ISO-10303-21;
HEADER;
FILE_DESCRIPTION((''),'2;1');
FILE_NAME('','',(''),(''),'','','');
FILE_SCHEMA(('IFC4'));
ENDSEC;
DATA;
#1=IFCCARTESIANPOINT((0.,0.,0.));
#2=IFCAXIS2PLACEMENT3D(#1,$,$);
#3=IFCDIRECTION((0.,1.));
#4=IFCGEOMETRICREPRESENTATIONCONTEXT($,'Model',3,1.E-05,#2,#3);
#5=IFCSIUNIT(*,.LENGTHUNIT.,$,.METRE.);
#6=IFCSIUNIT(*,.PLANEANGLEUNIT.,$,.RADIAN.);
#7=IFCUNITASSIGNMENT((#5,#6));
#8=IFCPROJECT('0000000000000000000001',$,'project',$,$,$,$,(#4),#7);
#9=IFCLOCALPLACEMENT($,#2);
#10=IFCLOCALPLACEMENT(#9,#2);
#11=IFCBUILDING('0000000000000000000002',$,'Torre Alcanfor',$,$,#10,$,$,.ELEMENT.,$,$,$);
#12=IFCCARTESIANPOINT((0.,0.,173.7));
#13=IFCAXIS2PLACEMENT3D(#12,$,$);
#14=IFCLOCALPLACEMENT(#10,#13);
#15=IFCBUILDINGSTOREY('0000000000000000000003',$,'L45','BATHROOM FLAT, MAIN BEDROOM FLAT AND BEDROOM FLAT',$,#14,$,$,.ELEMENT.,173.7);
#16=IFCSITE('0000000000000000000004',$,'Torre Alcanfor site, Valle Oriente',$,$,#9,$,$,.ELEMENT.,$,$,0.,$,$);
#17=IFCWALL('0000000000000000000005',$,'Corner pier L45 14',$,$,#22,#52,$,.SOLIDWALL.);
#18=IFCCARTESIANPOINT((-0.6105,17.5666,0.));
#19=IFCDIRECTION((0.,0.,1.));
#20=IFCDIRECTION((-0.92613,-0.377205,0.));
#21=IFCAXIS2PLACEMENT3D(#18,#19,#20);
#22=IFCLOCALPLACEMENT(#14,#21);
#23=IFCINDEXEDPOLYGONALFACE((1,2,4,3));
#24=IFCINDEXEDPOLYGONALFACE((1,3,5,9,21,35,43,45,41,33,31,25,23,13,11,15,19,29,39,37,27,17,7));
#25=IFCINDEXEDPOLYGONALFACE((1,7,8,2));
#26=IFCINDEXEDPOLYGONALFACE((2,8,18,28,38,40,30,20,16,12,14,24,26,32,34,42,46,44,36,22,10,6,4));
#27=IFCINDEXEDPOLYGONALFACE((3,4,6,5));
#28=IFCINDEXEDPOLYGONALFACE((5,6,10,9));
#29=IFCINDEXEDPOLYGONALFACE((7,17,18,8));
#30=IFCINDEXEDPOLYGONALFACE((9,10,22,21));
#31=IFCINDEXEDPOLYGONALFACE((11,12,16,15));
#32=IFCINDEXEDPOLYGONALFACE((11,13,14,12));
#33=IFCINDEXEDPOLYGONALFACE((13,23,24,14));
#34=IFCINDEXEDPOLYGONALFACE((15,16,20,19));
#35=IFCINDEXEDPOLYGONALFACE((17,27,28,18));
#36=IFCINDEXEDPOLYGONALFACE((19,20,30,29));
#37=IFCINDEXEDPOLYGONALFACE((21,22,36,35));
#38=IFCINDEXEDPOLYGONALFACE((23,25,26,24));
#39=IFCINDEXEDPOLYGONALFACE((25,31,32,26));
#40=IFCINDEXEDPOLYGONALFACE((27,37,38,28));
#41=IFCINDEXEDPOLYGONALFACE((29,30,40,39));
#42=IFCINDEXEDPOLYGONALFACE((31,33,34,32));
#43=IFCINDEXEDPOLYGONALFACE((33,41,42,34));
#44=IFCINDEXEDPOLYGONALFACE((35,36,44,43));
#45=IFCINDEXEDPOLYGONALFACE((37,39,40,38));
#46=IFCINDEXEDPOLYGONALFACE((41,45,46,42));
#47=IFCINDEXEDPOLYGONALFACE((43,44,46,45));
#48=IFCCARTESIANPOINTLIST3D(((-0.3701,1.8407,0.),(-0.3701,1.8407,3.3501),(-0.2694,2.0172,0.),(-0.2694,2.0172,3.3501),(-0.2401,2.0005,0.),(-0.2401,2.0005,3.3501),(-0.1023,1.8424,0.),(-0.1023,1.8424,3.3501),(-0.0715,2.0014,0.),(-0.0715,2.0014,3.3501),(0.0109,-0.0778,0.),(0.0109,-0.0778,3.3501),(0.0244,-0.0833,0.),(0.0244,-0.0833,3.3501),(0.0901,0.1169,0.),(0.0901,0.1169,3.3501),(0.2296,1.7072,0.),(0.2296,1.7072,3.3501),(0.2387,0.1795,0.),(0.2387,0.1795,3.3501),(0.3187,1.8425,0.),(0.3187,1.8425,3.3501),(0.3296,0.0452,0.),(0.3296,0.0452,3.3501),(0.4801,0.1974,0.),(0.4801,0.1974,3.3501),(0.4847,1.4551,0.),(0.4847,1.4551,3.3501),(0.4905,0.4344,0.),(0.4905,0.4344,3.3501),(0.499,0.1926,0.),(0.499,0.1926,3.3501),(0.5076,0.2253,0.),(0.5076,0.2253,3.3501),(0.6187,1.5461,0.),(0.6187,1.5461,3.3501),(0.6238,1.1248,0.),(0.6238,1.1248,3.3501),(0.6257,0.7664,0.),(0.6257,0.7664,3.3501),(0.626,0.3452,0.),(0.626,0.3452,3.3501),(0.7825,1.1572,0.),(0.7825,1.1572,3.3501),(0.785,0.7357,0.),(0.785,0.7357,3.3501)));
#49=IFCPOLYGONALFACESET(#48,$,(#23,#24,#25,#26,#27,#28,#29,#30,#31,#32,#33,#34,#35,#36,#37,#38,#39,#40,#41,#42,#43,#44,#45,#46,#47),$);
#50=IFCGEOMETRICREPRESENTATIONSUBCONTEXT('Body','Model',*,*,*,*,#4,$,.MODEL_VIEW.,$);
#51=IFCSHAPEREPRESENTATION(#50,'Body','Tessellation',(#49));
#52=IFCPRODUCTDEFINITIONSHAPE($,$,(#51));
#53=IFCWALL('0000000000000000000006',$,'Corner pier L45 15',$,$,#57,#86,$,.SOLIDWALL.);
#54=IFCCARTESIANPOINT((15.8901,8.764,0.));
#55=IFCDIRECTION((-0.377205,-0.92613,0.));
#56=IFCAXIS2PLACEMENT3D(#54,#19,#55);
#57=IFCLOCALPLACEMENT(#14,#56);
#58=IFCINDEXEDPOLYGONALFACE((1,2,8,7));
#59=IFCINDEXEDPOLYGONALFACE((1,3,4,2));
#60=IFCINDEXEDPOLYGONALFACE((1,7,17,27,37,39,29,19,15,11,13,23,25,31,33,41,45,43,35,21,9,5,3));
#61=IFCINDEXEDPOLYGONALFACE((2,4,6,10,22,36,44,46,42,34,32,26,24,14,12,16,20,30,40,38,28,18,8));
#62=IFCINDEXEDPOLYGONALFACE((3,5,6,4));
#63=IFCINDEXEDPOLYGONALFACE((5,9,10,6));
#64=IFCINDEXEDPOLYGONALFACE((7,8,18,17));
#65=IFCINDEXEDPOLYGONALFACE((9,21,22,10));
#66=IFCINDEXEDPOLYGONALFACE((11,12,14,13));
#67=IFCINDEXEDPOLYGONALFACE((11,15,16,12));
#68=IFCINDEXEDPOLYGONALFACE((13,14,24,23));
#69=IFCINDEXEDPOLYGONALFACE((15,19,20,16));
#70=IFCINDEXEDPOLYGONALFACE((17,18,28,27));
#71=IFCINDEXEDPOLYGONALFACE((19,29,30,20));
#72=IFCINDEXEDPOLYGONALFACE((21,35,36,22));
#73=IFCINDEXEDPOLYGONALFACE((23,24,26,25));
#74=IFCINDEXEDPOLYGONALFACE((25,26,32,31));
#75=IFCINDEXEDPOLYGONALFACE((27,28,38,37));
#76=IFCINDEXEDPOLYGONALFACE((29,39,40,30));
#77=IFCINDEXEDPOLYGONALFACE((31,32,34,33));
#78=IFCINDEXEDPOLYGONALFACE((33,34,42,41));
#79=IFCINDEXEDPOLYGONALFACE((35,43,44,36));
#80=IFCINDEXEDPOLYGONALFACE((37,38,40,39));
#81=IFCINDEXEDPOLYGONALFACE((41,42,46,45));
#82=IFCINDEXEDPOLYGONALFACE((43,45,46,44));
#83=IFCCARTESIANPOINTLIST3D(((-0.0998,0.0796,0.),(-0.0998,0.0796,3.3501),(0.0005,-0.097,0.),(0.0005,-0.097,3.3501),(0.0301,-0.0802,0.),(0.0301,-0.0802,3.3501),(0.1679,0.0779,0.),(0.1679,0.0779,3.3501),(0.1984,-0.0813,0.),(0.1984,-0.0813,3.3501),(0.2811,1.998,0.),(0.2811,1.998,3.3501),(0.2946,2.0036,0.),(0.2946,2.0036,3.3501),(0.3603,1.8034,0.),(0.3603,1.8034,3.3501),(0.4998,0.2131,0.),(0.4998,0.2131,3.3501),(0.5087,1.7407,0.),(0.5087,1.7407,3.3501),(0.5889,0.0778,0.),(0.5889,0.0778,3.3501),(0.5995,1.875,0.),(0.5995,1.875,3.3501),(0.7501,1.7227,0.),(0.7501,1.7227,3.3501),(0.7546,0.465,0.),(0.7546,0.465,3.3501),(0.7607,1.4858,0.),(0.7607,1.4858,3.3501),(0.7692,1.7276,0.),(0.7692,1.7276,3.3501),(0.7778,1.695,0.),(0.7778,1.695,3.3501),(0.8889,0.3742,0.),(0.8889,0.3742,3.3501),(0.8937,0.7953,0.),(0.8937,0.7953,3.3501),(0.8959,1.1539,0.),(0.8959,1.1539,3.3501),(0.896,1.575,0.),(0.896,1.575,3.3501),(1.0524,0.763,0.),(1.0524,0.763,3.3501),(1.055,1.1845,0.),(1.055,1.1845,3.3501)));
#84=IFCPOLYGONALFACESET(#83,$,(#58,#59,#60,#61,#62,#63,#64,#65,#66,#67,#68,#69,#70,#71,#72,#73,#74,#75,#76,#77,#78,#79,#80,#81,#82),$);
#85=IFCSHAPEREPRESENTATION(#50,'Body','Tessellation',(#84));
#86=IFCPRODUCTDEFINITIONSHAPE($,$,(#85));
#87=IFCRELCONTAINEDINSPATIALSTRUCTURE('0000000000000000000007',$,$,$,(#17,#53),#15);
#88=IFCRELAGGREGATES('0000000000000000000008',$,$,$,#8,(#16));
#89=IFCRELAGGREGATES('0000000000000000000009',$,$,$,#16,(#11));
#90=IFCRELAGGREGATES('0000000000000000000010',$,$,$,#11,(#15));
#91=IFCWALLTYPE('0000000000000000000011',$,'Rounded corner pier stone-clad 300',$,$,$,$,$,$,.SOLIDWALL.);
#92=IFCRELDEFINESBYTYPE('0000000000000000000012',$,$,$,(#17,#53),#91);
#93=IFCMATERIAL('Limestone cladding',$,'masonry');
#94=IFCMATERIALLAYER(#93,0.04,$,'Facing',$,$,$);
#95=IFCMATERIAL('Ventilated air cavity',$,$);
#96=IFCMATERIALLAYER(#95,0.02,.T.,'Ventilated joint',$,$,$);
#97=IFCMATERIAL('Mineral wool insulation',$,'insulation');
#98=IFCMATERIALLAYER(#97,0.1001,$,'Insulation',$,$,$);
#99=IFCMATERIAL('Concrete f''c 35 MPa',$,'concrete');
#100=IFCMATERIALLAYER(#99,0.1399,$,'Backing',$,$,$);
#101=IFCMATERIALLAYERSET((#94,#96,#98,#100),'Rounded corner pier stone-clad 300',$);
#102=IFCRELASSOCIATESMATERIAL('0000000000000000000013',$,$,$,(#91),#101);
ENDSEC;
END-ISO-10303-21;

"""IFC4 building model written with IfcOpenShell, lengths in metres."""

from ifc_helpers import new_model, si_unit, direction, frame, origin, place, context, subcontext, project, spatial, polyline, outline, extrude, material, layer, layer_set, type_object, element, save


model = new_model("IFC4")

# Units and contexts
model_context = context("Model", 3, precision=1e-05, world=origin(), true_north=direction((0.0, 1.0)))
body_context = subcontext(model_context, "Body", "Model", "MODEL_VIEW")
ifc_project = project(units=[si_unit("LENGTHUNIT", "METRE"), si_unit("PLANEANGLEUNIT", "RADIAN")], contexts=[model_context])

# Site, building, storey
site_placement = place(None, origin())
site = spatial("IfcSite", under=ifc_project, at=site_placement, Name="Torre Alcanfor site, Valle Oriente", CompositionType="ELEMENT", RefElevation=0.0)
building_placement = place(site_placement, origin())
building = spatial("IfcBuilding", under=site, at=building_placement, Name="Torre Alcanfor", CompositionType="ELEMENT")
storey_placement = place(building_placement, frame((0.0, 0.0, 173.7)))
storey = spatial("IfcBuildingStorey", under=building, at=storey_placement, Name="L45", Description="BATHROOM FLAT, MAIN BEDROOM FLAT AND BEDROOM FLAT", CompositionType="ELEMENT", Elevation=173.7)

# Shared definitions
ifc_material_1 = material(Name="Limestone cladding", Category="masonry")
ifc_material_2 = material(Name="Ventilated air cavity")
ifc_material_3 = material(Name="Mineral wool insulation", Category="insulation")
ifc_material_4 = material(Name="Concrete f'c 35 MPa", Category="concrete")

# Walls
ifc_layer_1 = layer(ifc_material_1, 0.04, Name="Facing")
ifc_layer_2 = layer(ifc_material_2, 0.02, ventilated=True, Name="Ventilated joint")
ifc_layer_3 = layer(ifc_material_3, 0.1001, Name="Insulation")
ifc_layer_4 = layer(ifc_material_4, 0.1399, Name="Backing")
ifc_layer_set_1 = layer_set([ifc_layer_1, ifc_layer_2, ifc_layer_3, ifc_layer_4], Name="Rounded corner pier stone-clad 300")
wall_type_1 = type_object("IfcWallType", Name="Rounded corner pier stone-clad 300", PredefinedType="SOLIDWALL", material=ifc_layer_set_1)
wall_1_placement = place(storey_placement, frame((-0.6105, 17.5666, 0.0), z_axis=(0.0, 0.0, 1.0), x_axis=(-0.92613, -0.377205, 0.0)))
element("IfcWall", 1, at=wall_1_placement, inside=storey, type_object=wall_type_1, Name="Corner pier L45 14", PredefinedType="SOLIDWALL", context=body_context, shape_type="SweptSolid", body=[
    extrude(outline(polyline([(-0.2694, 2.0172), (-0.3701, 1.8407), (-0.1023, 1.8424), (0.2296, 1.7072), (0.4847, 1.4551), (0.6238, 1.1248), (0.6257, 0.7664), (0.4905, 0.4344), (0.2387, 0.1795), (0.0901, 0.1169), (0.0109, -0.0778), (0.0244, -0.0833), (0.3296, 0.0452), (0.4801, 0.1974), (0.499, 0.1926), (0.5076, 0.2253), (0.626, 0.3452), (0.785, 0.7357), (0.7825, 1.1572), (0.6187, 1.5461), (0.3187, 1.8425), (-0.0715, 2.0014), (-0.2401, 2.0005), (-0.2694, 2.0172)])), origin(), (0.0, 0.0, 1.0), 3.3501),
])
wall_2_placement = place(storey_placement, frame((15.8901, 8.764, 0.0), z_axis=(0.0, 0.0, 1.0), x_axis=(-0.377205, -0.92613, 0.0)))
element("IfcWall", 2, at=wall_2_placement, inside=storey, type_object=wall_type_1, Name="Corner pier L45 15", PredefinedType="SOLIDWALL", context=body_context, shape_type="SweptSolid", body=[
    extrude(outline(polyline([(0.3603, 1.8034), (0.5087, 1.7407), (0.7607, 1.4858), (0.8959, 1.1539), (0.8937, 0.7953), (0.7546, 0.465), (0.4998, 0.2131), (0.1679, 0.0779), (-0.0998, 0.0796), (0.0005, -0.097), (0.0301, -0.0802), (0.1984, -0.0813), (0.5889, 0.0778), (0.8889, 0.3742), (1.0524, 0.763), (1.055, 1.1845), (0.896, 1.575), (0.7778, 1.695), (0.7692, 1.7276), (0.7501, 1.7227), (0.5995, 1.875), (0.2946, 2.0036), (0.2811, 1.998), (0.3603, 1.8034)])), origin(), (0.0, 0.0, 1.0), 3.3501),
])

save(model, "model.ifc")
